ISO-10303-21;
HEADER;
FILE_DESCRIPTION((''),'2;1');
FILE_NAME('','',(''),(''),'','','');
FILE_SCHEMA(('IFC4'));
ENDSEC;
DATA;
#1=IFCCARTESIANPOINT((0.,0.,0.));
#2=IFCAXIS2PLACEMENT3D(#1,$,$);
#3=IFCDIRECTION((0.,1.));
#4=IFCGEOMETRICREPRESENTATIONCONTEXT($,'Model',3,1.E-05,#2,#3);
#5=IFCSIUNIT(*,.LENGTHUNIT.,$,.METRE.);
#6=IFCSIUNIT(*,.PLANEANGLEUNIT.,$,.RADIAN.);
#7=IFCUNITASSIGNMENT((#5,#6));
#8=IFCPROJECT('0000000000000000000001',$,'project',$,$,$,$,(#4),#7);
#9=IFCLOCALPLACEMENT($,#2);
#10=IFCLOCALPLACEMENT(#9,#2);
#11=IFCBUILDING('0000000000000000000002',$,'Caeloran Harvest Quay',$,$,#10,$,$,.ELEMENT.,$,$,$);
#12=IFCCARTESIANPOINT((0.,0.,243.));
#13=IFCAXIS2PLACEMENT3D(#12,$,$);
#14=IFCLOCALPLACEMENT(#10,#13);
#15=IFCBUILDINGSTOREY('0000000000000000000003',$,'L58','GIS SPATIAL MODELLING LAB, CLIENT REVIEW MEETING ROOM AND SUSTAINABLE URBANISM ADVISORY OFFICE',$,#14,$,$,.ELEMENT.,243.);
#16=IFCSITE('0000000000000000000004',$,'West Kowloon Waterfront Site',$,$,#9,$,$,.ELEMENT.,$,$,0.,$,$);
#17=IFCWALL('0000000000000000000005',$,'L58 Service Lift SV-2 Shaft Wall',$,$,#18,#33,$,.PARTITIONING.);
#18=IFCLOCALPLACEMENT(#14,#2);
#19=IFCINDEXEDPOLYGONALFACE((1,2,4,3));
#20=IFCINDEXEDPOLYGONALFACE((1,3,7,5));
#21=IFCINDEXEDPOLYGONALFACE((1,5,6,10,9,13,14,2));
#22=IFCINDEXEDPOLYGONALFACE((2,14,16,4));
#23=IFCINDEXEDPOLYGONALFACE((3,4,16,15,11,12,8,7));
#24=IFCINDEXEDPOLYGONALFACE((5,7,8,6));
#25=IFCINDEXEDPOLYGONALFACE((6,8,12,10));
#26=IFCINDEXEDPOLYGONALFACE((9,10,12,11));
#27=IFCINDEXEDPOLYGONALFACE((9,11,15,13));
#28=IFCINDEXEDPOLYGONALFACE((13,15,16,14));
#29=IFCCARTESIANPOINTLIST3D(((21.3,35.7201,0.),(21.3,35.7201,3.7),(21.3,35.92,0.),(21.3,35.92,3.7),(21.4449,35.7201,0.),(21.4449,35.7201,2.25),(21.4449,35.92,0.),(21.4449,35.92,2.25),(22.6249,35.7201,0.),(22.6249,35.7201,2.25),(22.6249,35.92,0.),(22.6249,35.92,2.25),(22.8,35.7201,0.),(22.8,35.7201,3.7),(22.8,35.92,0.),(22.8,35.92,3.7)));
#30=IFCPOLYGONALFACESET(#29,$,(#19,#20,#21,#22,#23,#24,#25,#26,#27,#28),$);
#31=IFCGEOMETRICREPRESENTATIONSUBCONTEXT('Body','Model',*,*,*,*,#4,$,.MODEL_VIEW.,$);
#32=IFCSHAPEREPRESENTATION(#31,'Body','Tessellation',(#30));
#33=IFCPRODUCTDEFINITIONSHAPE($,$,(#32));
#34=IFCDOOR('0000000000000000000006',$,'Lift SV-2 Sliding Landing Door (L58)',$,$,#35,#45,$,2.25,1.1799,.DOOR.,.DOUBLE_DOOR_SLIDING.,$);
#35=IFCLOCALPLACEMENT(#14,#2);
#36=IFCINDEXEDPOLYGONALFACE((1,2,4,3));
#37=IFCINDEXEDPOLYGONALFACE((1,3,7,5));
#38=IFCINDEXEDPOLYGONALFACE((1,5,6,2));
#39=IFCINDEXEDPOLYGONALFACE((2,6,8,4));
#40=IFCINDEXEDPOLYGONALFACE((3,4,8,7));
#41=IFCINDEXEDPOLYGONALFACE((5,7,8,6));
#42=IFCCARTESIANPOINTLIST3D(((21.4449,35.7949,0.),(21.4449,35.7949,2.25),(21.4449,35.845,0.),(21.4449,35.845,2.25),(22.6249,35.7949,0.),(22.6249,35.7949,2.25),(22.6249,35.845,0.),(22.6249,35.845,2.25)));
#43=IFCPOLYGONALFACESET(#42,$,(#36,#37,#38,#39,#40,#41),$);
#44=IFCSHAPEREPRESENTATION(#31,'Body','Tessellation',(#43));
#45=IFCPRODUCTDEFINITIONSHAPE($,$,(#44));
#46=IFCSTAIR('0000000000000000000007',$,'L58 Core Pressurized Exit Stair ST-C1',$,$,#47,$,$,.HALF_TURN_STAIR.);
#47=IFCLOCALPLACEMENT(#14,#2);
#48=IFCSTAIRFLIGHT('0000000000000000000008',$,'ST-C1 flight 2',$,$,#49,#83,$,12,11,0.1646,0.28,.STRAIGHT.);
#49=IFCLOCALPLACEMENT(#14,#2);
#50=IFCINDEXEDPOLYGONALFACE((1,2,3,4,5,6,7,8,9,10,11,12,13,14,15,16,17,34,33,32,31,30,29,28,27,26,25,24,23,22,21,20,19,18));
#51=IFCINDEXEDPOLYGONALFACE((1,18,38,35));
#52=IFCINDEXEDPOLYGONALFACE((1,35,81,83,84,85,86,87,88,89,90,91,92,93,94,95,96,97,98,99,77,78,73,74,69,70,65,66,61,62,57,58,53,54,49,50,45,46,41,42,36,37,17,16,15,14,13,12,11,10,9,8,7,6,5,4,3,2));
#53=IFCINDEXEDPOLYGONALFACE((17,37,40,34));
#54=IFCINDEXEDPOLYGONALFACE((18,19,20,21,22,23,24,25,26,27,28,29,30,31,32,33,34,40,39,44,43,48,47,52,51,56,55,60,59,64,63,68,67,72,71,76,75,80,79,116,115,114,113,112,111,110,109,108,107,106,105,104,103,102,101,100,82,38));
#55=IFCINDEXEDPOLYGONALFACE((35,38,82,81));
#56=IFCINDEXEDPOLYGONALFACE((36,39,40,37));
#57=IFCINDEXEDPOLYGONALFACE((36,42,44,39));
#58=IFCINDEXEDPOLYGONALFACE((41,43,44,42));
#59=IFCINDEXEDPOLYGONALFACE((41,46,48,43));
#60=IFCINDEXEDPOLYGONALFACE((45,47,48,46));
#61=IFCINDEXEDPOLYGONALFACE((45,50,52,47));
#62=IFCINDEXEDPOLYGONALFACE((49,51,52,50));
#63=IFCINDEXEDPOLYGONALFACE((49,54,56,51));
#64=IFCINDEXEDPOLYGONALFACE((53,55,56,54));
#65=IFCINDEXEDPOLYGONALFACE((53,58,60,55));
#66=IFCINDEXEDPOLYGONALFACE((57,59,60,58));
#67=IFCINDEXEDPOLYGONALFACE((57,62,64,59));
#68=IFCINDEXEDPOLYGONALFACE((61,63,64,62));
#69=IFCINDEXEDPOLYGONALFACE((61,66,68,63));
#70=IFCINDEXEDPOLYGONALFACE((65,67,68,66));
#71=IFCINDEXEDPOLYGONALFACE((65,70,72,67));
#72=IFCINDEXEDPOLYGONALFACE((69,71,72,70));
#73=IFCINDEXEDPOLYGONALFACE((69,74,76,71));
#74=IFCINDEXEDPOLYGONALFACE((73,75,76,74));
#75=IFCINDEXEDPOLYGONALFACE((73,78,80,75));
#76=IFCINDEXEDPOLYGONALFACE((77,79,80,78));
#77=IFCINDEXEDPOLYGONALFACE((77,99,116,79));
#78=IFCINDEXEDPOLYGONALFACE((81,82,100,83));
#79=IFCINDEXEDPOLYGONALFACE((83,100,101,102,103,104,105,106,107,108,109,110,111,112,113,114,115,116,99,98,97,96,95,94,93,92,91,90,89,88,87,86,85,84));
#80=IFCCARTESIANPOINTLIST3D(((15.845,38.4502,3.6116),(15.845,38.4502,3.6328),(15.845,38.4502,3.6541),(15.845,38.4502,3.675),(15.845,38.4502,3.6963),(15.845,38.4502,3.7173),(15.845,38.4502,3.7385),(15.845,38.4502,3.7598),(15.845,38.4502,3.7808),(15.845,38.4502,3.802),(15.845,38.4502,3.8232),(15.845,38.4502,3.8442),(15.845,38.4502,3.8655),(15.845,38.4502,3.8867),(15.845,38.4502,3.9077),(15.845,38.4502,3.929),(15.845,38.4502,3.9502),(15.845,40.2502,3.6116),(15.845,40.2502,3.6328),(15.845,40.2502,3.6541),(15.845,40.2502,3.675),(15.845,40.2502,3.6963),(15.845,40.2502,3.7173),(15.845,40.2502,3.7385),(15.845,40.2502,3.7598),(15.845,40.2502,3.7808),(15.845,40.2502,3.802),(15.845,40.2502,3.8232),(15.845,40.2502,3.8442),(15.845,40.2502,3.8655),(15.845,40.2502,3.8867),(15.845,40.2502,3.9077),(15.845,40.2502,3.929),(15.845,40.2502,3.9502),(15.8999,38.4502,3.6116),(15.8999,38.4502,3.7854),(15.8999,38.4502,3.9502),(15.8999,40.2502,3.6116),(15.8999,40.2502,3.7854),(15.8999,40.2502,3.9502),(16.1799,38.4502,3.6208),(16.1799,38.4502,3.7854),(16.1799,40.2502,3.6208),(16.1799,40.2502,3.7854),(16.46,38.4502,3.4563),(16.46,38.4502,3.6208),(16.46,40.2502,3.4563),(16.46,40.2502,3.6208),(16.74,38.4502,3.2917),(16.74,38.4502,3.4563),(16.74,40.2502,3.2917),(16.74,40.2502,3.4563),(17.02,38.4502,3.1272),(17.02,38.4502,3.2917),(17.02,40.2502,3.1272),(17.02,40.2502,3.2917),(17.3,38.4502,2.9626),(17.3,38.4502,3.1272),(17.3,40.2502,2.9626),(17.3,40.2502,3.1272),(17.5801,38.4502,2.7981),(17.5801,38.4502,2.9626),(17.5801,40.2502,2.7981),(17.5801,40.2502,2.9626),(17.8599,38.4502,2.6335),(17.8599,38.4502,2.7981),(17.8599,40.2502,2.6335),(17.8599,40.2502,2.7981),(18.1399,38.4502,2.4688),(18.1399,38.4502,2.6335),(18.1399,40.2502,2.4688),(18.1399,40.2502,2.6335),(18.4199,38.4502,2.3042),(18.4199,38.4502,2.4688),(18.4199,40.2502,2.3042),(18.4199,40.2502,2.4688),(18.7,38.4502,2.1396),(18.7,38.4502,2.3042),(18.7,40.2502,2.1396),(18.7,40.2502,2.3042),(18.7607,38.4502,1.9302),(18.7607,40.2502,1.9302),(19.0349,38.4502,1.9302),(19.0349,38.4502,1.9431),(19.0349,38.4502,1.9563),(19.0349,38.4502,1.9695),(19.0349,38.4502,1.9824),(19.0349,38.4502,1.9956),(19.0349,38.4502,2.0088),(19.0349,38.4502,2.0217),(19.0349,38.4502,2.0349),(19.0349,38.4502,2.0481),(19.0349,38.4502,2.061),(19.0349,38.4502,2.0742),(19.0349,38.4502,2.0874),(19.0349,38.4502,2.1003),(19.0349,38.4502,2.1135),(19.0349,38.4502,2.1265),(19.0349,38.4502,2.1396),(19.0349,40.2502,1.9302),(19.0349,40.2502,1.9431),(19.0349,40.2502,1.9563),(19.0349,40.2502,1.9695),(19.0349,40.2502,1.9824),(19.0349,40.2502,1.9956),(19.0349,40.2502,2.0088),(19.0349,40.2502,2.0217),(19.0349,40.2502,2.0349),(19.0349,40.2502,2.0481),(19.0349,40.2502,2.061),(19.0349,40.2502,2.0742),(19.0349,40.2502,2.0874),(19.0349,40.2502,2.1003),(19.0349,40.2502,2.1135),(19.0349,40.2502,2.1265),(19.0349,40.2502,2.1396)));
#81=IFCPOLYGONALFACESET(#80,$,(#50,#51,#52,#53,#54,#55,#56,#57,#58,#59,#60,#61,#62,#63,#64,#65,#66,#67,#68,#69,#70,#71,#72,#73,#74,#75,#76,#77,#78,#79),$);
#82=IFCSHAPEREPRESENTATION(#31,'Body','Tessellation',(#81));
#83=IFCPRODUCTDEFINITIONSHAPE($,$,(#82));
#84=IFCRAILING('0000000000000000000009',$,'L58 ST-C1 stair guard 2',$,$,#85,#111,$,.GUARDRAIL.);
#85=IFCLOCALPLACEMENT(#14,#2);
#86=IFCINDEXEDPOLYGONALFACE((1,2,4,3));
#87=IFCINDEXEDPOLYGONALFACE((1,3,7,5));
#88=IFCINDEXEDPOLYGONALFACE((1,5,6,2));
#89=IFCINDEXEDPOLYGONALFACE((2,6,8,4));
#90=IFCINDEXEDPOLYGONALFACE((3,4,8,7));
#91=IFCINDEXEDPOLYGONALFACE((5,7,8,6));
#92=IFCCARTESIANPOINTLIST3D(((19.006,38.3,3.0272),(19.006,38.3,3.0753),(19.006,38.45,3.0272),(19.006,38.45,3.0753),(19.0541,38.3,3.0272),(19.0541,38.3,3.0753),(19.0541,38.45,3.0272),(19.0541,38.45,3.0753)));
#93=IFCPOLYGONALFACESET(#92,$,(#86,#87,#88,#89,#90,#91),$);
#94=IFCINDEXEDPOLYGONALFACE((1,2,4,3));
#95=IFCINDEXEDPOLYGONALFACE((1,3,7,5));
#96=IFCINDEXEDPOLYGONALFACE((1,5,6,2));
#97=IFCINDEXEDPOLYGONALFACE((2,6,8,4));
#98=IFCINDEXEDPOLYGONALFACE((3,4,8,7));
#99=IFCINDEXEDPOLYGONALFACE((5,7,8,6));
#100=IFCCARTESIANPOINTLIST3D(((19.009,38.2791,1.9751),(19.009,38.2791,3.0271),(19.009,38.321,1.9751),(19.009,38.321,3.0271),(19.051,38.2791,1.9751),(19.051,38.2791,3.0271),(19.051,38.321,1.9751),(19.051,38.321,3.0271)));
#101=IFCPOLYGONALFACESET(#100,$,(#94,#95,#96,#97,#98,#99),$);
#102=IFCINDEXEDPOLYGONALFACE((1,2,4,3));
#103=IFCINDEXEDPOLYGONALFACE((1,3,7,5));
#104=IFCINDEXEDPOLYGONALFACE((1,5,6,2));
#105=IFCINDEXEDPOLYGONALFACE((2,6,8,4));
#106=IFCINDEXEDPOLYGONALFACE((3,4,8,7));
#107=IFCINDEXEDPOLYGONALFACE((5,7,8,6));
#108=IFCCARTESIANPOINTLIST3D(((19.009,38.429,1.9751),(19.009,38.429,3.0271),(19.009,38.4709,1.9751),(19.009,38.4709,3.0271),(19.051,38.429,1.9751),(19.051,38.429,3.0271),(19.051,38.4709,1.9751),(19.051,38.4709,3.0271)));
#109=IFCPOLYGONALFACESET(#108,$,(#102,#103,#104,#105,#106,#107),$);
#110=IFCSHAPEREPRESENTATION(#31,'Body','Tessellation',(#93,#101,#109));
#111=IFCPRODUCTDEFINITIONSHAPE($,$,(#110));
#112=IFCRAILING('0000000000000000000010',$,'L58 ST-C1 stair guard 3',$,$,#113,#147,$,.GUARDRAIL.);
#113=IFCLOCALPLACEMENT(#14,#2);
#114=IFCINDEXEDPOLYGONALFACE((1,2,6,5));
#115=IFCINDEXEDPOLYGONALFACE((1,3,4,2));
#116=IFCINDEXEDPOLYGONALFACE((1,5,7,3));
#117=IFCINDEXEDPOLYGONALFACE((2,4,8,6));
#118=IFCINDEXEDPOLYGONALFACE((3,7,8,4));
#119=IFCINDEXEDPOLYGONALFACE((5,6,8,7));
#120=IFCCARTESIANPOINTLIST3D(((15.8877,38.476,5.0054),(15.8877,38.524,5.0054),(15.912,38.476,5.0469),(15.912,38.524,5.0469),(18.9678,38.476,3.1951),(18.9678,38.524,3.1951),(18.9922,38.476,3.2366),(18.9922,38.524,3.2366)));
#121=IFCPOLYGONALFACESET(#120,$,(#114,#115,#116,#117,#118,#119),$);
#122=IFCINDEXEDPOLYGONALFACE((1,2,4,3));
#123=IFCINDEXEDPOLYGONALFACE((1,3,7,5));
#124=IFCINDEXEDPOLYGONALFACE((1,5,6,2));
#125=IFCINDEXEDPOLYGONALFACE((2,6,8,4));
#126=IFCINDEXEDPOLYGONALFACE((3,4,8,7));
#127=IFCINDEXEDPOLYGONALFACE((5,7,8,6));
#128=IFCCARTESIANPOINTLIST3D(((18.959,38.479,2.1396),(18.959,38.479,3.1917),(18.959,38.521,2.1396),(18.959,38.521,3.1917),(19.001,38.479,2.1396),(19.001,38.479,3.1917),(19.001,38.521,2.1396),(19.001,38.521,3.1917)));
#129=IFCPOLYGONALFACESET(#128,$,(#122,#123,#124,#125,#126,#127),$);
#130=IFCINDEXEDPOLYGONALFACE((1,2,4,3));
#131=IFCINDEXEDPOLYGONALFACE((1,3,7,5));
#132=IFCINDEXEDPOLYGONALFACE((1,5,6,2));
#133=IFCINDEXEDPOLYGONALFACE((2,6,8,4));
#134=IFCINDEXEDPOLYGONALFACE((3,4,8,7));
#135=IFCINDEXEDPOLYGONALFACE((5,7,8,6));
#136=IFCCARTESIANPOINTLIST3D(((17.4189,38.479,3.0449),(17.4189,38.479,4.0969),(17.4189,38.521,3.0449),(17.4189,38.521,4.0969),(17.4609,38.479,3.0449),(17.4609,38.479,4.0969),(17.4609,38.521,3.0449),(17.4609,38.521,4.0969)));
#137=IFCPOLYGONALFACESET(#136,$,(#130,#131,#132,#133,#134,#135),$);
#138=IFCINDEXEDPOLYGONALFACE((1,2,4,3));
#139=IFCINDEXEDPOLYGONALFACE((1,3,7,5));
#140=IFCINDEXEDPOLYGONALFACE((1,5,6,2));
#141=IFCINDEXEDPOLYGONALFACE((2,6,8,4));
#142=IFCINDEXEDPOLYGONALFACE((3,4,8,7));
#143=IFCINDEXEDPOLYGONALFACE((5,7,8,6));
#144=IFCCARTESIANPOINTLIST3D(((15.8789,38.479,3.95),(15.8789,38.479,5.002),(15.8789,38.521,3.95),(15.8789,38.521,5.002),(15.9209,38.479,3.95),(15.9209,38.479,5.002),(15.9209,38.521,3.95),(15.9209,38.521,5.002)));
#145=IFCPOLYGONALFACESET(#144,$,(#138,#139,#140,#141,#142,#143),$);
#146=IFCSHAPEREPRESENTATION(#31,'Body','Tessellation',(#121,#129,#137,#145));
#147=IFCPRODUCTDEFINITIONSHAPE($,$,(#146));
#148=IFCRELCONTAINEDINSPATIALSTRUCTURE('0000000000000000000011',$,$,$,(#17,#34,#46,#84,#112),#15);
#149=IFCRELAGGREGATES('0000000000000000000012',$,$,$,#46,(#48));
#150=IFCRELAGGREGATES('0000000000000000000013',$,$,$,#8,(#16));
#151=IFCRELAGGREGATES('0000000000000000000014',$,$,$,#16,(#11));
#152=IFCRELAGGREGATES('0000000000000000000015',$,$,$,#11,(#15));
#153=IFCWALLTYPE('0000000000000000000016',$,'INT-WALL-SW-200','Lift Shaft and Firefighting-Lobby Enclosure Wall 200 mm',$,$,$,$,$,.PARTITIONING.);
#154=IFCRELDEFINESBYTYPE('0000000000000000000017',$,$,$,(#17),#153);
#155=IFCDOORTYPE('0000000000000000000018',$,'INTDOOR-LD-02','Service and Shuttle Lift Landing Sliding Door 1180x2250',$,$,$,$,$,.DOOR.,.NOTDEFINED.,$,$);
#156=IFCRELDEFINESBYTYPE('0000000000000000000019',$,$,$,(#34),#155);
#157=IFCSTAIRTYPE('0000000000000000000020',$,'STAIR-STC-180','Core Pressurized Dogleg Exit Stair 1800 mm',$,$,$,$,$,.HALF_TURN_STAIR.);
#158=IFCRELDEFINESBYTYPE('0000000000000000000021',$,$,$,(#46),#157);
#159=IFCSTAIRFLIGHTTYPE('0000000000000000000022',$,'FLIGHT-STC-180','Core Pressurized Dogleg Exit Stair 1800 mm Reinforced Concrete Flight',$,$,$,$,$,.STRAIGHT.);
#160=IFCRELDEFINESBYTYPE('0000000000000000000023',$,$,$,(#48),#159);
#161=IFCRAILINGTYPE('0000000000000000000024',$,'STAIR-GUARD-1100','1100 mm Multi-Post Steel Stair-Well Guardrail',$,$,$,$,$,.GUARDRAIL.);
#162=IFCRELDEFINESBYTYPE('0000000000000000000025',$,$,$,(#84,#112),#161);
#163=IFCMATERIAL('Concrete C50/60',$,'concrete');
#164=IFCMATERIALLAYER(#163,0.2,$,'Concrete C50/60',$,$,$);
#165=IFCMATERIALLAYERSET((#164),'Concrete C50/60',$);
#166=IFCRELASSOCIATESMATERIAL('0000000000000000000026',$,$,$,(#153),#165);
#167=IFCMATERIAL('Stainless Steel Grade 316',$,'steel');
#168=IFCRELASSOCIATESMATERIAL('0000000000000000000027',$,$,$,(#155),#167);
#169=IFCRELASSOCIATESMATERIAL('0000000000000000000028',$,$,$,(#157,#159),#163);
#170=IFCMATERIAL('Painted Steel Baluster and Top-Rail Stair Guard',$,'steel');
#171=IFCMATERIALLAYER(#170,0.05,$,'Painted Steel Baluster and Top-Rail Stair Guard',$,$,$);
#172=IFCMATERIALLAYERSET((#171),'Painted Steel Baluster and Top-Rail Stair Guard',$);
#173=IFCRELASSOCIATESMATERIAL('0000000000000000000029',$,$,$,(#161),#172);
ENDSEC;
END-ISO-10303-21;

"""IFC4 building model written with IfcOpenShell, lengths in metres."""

from ifc_helpers import new_model, si_unit, direction, frame, frame_2d, origin, origin_2d, place, context, subcontext, project, spatial, polyline, rectangle, outline, extrude, material, layer, layer_set, type_object, element, fill, aggregate, save


model = new_model("IFC4")

# Units and contexts
model_context = context("Model", 3, precision=1e-05, world=origin(), true_north=direction((0.0, 1.0)))
body_context = subcontext(model_context, "Body", "Model", "MODEL_VIEW")
ifc_project = project(units=[si_unit("LENGTHUNIT", "METRE"), si_unit("PLANEANGLEUNIT", "RADIAN")], contexts=[model_context])

# Site, building, storey
site_placement = place(None, origin())
site = spatial("IfcSite", under=ifc_project, at=site_placement, Name="West Kowloon Waterfront Site", CompositionType="ELEMENT", RefElevation=0.0)
building_placement = place(site_placement, origin())
building = spatial("IfcBuilding", under=site, at=building_placement, Name="Caeloran Harvest Quay", CompositionType="ELEMENT")
storey_placement = place(building_placement, frame((0.0, 0.0, 243.0)))
storey = spatial("IfcBuildingStorey", under=building, at=storey_placement, Name="L58", Description="GIS SPATIAL MODELLING LAB, CLIENT REVIEW MEETING ROOM AND SUSTAINABLE URBANISM ADVISORY OFFICE", CompositionType="ELEMENT", Elevation=243.0)

# Wall, opening, door
ifc_material_1 = material(Name="Concrete C50/60", Category="concrete")
ifc_layer_1 = layer(ifc_material_1, 0.2, Name="Concrete C50/60")
ifc_layer_set_1 = layer_set([ifc_layer_1], Name="Concrete C50/60")
wall_type_1 = type_object("IfcWallType", Name="INT-WALL-SW-200", Description="Lift Shaft and Firefighting-Lobby Enclosure Wall 200 mm", PredefinedType="PARTITIONING", material=ifc_layer_set_1)
wall_1_placement = place(storey_placement, frame((21.3, 35.8201, 0.0), z_axis=(0.0, 0.0, 1.0), x_axis=(1.0, 0.0, 0.0)))
wall_1 = element("IfcWall", 1, at=wall_1_placement, inside=storey, type_object=wall_type_1, Name="L58 Service Lift SV-2 Shaft Wall", PredefinedType="PARTITIONING", context=body_context, shape_type="SweptSolid", body=[
    extrude(rectangle(XDim=1.5, YDim=0.2, at=frame_2d((0.75, 0.0))), origin(), (0.0, 0.0, 1.0), 3.7),
])
opening_placement = place(wall_1_placement, frame((0.145, 0.0, 0.0)))
opening = element("IfcOpeningElement", 2, at=opening_placement, cuts=wall_1, PredefinedType="OPENING", context=body_context, shape_type="SweptSolid", body=[
    extrude(rectangle(XDim=1.1799, YDim=2.25, at=frame_2d((0.5898, 1.125))), frame((0.0, 0.1099, 0.0), z_axis=(0.0, -1.0, 0.0), x_axis=(1.0, 0.0, 0.0)), (0.0, 0.0, 1.0), 0.22),
])
ifc_material_2 = material(Name="Stainless Steel Grade 316", Category="steel")
door_type = type_object("IfcDoorType", Name="INTDOOR-LD-02", Description="Service and Shuttle Lift Landing Sliding Door 1180x2250", OperationType="NOTDEFINED", PredefinedType="DOOR", material=ifc_material_2)
door_placement = place(opening_placement, origin())
door = element("IfcDoor", 3, at=door_placement, inside=storey, type_object=door_type, Name="Lift SV-2 Sliding Landing Door (L58)", OperationType="DOUBLE_DOOR_SLIDING", OverallHeight=2.25, OverallWidth=1.1799, PredefinedType="DOOR", context=body_context, shape_type="SweptSolid", body=[
    extrude(rectangle(XDim=1.1799, YDim=2.25, at=frame_2d((0.5898, 1.125))), frame((0.0, 0.0249, 0.0), z_axis=(0.0, -1.0, 0.0), x_axis=(1.0, 0.0, 0.0)), (0.0, 0.0, 1.0), 0.05),
])
fill(opening, door)

# Stair, stair flight
stair_type = type_object("IfcStairType", Name="STAIR-STC-180", Description="Core Pressurized Dogleg Exit Stair 1800 mm", PredefinedType="HALF_TURN_STAIR", material=ifc_material_1)
stair_placement = place(storey_placement, origin())
stair = element("IfcStair", 4, at=stair_placement, inside=storey, type_object=stair_type, Name="L58 Core Pressurized Exit Stair ST-C1", PredefinedType="HALF_TURN_STAIR")
stair_flight_type = type_object("IfcStairFlightType", Name="FLIGHT-STC-180", Description="Core Pressurized Dogleg Exit Stair 1800 mm Reinforced Concrete Flight", PredefinedType="STRAIGHT", material=ifc_material_1)
stair_flight_placement = place(storey_placement, frame((18.98, 39.3501, 1.9751), z_axis=(0.0, 0.0, 1.0), x_axis=(-1.0, 0.0, 0.0)))
stair_flight = element("IfcStairFlight", 5, at=stair_flight_placement, type_object=stair_flight_type, Name="ST-C1 flight 2", NumberOfRisers=12, NumberOfTreads=11, PredefinedType="STRAIGHT", RiserHeight=0.1646, TreadLength=0.28, context=body_context, shape_type="SweptSolid", body=[
    extrude(outline(polyline([(-0.0549, -0.0449), (-0.0549, -0.032), (-0.0549, -0.0188), (-0.0549, -0.0056), (-0.0549, 0.0073), (-0.0549, 0.0205), (-0.0549, 0.0337), (-0.0549, 0.0466), (-0.0549, 0.0598), (-0.0549, 0.073), (-0.0549, 0.0859), (-0.0549, 0.0991), (-0.0549, 0.1123), (-0.0549, 0.1252), (-0.0549, 0.1384), (-0.0549, 0.1514), (-0.0549, 0.1646), (0.28, 0.1646), (0.28, 0.3291), (0.5601, 0.3291), (0.5601, 0.4937), (0.8401, 0.4937), (0.8401, 0.6584), (1.1201, 0.6584), (1.1201, 0.823), (1.3999, 0.823), (1.3999, 0.9875), (1.6799, 0.9875), (1.6799, 1.1521), (1.96, 1.1521), (1.96, 1.3167), (2.24, 1.3167), (2.24, 1.4812), (2.52, 1.4812), (2.52, 1.6458), (2.8, 1.6458), (2.8, 1.8103), (3.0801, 1.8103), (3.0801, 1.9751), (3.135, 1.9751), (3.135, 1.9539), (3.135, 1.9326), (3.135, 1.9116), (3.135, 1.8904), (3.135, 1.8691), (3.135, 1.8481), (3.135, 1.8269), (3.135, 1.8057), (3.135, 1.7847), (3.135, 1.7634), (3.135, 1.7422), (3.135, 1.7212), (3.135, 1.7), (3.135, 1.679), (3.135, 1.6577), (3.135, 1.6365), (3.0801, 1.6365), (0.2192, -0.0449), (-0.0549, -0.0449)])), frame((0.0, 0.8999, 0.0), z_axis=(0.0, -1.0, 0.0), x_axis=(1.0, 0.0, 0.0)), (0.0, 0.0, 1.0), 1.8),
])
aggregate(stair, [stair_flight])

# Railings
ifc_material_3 = material(Name="Painted Steel Baluster and Top-Rail Stair Guard", Category="steel")
ifc_layer_2 = layer(ifc_material_3, 0.05, Name="Painted Steel Baluster and Top-Rail Stair Guard")
ifc_layer_set_2 = layer_set([ifc_layer_2], Name="Painted Steel Baluster and Top-Rail Stair Guard")
railing_type_1 = type_object("IfcRailingType", Name="STAIR-GUARD-1100", Description="1100 mm Multi-Post Steel Stair-Well Guardrail", PredefinedType="GUARDRAIL", material=ifc_layer_set_2)
railing_1_placement = place(storey_placement, frame((19.03, 38.3, 1.9751)))
element("IfcRailing", 6, at=railing_1_placement, inside=storey, type_object=railing_type_1, Name="L58 ST-C1 stair guard 2", PredefinedType="GUARDRAIL", context=body_context, shape_type="SweptSolid", body=[
    extrude(rectangle(XDim=0.0481, YDim=0.0481, at=origin_2d()), frame((0.0, 0.0, 1.0762), z_axis=(0.0, 1.0, 0.0), x_axis=(-1.0, 0.0, 0.0)), (0.0, 0.0, 1.0), 0.1499),
    extrude(rectangle(XDim=0.042, YDim=0.042, at=origin_2d()), origin(), (0.0, 0.0, 1.0), 1.052),
    extrude(rectangle(XDim=0.042, YDim=0.042, at=origin_2d()), frame((0.0, 0.1499, 0.0)), (0.0, 0.0, 1.0), 1.052),
])
railing_2_placement = place(storey_placement, frame((18.98, 38.5, 2.1396)))
element("IfcRailing", 7, at=railing_2_placement, inside=storey, type_object=railing_type_1, Name="L58 ST-C1 stair guard 3", PredefinedType="GUARDRAIL", context=body_context, shape_type="SweptSolid", body=[
    extrude(rectangle(XDim=0.0481, YDim=0.0481, at=origin_2d()), frame((0.0, 0.0, 1.0762), z_axis=(-0.862119, 0.0, 0.506707), x_axis=(0.0, -1.0, 0.0)), (0.0, 0.0, 1.0), 3.5728),
    extrude(rectangle(XDim=0.042, YDim=0.042, at=origin_2d()), origin(), (0.0, 0.0, 1.0), 1.052),
    extrude(rectangle(XDim=0.042, YDim=0.042, at=origin_2d()), frame((-1.54, 0.0, 0.9053)), (0.0, 0.0, 1.0), 1.052),
    extrude(rectangle(XDim=0.042, YDim=0.042, at=origin_2d()), frame((-3.0801, 0.0, 1.8103)), (0.0, 0.0, 1.0), 1.052),
])

save(model, "model.ifc")
